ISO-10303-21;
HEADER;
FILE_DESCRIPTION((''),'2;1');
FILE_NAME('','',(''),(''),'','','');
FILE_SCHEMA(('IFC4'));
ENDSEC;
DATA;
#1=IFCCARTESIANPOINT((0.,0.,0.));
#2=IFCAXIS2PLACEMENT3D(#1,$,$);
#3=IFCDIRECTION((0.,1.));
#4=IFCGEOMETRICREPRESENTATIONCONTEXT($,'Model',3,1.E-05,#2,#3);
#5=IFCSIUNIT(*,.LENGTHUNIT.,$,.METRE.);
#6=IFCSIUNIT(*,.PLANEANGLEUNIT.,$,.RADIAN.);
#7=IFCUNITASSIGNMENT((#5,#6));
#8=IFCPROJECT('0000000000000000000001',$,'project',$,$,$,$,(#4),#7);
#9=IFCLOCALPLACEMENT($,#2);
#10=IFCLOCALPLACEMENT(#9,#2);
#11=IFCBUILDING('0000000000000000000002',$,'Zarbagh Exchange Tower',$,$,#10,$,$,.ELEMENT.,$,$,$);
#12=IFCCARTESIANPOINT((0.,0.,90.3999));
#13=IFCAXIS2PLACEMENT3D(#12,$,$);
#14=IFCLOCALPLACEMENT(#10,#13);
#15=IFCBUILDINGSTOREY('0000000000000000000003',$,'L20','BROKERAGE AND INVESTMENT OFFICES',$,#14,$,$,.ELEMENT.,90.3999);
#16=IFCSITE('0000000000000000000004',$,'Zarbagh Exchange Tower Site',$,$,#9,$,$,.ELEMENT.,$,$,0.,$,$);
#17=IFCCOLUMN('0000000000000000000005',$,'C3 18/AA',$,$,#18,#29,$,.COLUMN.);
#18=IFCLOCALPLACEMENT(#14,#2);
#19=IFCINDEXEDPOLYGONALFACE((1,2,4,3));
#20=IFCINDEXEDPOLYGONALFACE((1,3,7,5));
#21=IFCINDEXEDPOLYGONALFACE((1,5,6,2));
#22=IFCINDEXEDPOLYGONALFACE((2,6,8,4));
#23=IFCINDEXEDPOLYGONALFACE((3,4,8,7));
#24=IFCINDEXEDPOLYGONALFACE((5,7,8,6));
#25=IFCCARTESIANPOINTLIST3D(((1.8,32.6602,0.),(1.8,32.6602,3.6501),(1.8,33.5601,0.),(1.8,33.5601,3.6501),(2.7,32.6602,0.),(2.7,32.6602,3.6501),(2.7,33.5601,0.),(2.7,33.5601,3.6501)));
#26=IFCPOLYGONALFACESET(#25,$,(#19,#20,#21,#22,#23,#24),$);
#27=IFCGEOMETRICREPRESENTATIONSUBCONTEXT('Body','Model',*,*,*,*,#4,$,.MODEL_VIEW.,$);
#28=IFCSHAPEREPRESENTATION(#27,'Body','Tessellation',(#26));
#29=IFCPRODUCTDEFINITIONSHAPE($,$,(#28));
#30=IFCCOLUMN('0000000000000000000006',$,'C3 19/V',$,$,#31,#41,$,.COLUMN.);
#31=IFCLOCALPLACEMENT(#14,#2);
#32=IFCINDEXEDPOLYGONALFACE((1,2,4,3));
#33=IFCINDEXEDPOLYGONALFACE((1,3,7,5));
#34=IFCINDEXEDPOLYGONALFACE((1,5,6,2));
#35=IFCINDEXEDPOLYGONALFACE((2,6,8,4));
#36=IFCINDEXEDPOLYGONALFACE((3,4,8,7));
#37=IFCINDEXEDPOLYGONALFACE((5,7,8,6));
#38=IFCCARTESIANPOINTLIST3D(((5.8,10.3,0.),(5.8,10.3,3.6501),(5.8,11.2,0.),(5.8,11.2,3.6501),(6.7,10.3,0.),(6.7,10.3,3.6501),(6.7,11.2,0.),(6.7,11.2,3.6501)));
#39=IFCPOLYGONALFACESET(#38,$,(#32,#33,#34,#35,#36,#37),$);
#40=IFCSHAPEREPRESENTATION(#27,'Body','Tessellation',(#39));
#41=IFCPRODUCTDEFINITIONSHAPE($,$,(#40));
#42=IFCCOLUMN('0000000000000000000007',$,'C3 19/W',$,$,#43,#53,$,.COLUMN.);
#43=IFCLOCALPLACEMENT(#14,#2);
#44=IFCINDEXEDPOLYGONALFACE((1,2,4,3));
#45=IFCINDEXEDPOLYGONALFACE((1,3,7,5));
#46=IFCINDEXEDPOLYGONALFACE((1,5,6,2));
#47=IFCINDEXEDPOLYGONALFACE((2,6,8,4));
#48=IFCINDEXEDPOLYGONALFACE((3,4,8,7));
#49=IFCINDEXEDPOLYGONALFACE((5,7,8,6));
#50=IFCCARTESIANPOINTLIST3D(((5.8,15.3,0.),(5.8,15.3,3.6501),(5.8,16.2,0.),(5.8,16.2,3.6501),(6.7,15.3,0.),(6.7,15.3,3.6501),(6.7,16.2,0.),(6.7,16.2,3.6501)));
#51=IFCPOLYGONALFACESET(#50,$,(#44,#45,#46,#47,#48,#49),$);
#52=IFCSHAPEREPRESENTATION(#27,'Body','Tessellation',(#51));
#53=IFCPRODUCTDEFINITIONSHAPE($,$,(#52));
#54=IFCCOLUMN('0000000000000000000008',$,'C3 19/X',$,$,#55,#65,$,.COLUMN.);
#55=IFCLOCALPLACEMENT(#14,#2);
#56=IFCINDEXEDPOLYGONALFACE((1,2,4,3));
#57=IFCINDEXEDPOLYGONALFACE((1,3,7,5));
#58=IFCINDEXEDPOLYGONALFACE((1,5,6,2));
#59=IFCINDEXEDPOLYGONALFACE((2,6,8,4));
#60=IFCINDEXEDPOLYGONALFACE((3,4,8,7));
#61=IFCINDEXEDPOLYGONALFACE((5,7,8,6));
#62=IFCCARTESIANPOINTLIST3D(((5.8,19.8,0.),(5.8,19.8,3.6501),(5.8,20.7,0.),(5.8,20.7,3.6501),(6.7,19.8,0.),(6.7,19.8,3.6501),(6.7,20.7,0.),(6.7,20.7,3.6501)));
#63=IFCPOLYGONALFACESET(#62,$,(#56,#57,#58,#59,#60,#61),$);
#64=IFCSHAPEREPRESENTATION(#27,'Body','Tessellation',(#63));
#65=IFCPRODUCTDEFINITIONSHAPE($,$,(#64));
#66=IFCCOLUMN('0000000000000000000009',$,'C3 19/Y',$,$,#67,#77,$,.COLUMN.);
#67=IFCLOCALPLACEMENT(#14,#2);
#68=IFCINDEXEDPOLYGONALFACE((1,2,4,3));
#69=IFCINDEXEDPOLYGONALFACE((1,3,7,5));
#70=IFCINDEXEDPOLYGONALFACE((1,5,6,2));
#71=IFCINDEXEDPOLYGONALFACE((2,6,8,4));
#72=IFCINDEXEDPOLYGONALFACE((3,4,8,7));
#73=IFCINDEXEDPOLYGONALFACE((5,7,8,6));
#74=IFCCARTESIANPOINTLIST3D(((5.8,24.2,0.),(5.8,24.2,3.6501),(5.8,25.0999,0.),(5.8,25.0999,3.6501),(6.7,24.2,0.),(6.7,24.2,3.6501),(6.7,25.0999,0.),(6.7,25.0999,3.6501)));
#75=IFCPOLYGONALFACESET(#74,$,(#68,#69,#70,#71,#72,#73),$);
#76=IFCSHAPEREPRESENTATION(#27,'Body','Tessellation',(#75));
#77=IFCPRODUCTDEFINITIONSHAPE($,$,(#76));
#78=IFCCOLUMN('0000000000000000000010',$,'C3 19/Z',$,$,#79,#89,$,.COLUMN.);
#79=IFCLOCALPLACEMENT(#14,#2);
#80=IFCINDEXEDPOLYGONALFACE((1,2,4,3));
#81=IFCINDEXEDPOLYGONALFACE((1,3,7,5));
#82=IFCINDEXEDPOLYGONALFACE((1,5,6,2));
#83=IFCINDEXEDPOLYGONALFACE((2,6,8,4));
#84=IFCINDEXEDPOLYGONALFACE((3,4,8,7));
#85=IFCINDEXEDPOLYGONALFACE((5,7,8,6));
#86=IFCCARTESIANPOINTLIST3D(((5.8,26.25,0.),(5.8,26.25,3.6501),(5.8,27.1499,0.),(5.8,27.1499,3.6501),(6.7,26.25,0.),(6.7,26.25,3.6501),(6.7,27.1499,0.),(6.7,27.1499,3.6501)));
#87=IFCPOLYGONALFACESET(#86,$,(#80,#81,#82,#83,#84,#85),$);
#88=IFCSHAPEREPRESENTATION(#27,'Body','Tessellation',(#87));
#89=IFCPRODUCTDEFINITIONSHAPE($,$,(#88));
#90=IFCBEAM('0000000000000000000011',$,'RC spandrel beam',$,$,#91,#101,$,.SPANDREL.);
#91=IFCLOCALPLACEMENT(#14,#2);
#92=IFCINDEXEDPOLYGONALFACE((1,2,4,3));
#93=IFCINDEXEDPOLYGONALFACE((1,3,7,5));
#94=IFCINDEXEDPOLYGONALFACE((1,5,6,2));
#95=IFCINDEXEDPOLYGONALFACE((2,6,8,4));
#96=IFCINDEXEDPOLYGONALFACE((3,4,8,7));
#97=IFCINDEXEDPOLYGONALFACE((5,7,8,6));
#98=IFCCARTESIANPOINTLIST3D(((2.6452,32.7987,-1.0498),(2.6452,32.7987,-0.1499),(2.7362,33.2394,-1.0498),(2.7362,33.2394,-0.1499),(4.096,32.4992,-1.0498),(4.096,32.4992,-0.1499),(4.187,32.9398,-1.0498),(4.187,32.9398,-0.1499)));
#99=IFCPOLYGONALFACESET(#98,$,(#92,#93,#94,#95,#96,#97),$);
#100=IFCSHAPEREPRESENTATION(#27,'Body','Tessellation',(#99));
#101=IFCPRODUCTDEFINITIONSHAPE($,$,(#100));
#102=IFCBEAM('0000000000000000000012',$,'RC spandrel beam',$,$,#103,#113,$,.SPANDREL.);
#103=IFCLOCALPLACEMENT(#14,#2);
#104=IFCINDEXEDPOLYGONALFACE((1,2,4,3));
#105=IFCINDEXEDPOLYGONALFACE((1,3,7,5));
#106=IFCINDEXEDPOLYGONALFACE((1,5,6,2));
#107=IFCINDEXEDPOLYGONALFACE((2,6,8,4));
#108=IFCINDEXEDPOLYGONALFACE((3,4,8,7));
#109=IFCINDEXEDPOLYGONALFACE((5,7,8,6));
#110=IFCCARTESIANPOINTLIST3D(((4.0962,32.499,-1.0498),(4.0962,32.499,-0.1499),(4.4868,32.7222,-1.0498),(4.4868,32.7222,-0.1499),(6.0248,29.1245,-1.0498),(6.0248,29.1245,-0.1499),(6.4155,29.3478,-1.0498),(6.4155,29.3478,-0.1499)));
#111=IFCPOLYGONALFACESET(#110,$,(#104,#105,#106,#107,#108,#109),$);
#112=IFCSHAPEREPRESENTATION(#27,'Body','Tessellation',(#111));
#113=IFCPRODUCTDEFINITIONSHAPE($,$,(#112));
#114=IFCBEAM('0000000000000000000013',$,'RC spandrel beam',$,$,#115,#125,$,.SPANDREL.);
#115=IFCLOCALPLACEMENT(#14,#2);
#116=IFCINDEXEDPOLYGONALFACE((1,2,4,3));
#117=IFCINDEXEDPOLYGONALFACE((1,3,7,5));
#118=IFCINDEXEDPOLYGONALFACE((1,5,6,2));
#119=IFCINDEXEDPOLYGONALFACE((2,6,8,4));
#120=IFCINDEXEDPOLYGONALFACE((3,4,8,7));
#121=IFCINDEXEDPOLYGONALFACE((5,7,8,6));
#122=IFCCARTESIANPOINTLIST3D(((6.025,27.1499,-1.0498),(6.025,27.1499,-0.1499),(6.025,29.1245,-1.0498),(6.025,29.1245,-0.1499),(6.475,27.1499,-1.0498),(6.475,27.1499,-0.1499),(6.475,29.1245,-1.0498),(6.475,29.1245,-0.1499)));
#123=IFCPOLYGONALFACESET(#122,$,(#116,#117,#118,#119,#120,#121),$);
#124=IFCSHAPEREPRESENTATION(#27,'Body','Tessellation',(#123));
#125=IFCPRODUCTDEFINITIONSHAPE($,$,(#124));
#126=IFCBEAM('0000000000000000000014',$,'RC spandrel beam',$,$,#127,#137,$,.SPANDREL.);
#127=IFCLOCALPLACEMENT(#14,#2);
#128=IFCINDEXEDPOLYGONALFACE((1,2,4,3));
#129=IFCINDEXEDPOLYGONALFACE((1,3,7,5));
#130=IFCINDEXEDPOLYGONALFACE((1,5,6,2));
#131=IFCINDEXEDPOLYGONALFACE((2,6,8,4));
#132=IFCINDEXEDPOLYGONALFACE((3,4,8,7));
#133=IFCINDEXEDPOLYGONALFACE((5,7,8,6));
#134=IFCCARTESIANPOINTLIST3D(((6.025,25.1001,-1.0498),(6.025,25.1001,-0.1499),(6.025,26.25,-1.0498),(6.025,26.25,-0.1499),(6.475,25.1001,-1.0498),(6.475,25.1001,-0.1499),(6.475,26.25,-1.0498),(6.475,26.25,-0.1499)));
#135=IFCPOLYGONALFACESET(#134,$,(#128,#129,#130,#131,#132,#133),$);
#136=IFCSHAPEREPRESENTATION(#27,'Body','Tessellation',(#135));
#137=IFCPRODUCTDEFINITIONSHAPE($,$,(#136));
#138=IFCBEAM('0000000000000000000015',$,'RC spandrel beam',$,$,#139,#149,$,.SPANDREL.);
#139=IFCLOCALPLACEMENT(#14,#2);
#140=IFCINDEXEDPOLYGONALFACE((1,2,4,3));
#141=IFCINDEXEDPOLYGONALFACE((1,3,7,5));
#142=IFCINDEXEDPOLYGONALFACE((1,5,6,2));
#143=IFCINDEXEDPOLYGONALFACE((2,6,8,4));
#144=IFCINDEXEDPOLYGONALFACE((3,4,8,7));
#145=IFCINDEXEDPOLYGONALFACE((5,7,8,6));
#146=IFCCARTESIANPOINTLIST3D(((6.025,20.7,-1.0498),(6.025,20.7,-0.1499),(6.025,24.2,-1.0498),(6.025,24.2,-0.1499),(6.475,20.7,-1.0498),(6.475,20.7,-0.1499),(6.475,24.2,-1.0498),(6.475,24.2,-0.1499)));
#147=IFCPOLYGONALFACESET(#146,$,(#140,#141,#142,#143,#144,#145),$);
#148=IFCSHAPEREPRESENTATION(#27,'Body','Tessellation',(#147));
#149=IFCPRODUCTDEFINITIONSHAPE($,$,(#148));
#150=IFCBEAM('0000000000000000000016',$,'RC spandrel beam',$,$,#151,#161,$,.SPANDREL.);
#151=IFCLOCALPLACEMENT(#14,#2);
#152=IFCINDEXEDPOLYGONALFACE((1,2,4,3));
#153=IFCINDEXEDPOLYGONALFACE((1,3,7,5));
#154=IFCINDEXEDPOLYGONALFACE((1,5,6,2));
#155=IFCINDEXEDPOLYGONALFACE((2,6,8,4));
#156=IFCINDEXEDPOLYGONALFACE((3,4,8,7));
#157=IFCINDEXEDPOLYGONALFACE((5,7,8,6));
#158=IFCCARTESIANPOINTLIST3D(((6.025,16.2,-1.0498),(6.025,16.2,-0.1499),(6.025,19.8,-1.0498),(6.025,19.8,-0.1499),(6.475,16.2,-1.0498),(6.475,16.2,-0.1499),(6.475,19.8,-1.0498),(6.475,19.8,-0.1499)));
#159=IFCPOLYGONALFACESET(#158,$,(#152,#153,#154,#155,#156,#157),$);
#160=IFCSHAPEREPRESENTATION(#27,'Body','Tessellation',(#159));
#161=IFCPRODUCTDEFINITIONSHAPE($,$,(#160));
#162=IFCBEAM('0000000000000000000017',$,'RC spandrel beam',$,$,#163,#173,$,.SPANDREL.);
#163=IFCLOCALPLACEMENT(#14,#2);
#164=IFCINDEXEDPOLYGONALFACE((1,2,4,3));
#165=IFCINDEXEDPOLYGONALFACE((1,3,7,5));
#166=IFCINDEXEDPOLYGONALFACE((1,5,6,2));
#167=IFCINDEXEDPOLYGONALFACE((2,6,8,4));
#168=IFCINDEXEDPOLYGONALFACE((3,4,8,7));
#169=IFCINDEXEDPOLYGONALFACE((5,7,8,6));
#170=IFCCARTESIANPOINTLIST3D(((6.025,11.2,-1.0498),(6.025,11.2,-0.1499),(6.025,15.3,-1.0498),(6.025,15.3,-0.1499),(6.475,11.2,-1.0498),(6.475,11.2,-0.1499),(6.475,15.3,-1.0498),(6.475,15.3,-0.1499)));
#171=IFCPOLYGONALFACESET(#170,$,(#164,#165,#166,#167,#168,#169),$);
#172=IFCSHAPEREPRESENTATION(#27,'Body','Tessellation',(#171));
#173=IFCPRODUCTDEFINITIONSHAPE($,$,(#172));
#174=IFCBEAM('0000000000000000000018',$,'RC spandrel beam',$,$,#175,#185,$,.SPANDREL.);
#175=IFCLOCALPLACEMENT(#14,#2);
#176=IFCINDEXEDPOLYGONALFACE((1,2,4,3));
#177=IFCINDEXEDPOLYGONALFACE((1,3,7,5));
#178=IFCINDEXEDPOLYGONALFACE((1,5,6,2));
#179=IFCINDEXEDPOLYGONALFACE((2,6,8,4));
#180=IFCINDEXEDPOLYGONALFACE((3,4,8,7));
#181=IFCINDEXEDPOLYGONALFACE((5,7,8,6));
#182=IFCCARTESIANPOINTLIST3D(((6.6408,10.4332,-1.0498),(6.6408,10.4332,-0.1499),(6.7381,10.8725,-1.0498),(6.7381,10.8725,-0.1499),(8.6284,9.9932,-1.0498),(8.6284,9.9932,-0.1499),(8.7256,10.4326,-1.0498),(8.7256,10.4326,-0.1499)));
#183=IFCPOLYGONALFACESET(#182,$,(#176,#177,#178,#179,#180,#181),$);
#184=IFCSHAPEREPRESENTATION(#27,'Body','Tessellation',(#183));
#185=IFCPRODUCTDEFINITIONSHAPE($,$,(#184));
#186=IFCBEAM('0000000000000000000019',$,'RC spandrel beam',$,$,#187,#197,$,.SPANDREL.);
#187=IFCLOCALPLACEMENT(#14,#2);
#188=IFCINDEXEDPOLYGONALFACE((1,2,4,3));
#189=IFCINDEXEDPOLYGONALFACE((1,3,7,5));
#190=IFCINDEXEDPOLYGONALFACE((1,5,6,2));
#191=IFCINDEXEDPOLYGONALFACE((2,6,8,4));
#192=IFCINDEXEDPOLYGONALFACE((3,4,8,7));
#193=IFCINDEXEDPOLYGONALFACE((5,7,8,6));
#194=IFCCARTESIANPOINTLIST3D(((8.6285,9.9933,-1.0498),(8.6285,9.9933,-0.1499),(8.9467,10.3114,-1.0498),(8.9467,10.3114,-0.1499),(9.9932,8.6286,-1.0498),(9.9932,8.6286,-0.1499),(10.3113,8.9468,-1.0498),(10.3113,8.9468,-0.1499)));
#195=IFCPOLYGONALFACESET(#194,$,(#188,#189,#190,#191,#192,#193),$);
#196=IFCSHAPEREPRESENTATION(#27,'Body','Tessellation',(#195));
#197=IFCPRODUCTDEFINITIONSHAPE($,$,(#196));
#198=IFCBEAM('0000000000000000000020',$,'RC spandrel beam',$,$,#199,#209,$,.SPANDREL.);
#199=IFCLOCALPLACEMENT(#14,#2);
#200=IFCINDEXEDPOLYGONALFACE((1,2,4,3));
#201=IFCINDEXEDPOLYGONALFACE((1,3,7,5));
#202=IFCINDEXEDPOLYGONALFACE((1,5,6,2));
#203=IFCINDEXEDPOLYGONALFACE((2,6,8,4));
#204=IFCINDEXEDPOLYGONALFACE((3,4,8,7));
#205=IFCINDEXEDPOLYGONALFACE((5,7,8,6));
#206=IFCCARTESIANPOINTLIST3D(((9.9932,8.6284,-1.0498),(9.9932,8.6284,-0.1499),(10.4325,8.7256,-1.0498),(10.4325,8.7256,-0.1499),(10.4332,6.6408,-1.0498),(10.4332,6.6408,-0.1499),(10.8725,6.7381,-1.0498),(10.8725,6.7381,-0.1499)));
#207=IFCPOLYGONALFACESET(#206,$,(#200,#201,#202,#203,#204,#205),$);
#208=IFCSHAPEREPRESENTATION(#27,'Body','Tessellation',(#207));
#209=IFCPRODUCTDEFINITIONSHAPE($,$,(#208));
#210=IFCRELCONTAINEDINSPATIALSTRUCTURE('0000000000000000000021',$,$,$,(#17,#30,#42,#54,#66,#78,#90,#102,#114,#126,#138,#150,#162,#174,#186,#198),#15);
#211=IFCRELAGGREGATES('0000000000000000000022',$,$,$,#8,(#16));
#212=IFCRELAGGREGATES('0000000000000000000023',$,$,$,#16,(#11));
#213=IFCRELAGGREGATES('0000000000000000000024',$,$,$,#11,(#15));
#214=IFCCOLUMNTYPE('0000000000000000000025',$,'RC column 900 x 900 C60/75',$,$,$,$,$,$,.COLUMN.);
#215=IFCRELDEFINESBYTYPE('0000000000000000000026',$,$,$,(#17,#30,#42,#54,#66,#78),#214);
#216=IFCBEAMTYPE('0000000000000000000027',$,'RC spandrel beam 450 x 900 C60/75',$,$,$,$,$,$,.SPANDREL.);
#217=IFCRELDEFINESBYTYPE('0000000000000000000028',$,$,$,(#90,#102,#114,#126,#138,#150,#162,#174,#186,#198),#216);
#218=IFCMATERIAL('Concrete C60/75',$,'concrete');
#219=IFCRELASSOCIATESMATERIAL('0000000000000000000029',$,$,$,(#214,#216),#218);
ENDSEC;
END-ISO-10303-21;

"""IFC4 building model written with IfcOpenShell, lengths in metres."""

from ifc_helpers import new_model, si_unit, direction, frame, origin, origin_2d, place, context, subcontext, project, spatial, rectangle, extrude, material, material_profile, profile_set, type_object, element, save


model = new_model("IFC4")

# Units and contexts
model_context = context("Model", 3, precision=1e-05, world=origin(), true_north=direction((0.0, 1.0)))
body_context = subcontext(model_context, "Body", "Model", "MODEL_VIEW")
ifc_project = project(units=[si_unit("LENGTHUNIT", "METRE"), si_unit("PLANEANGLEUNIT", "RADIAN")], contexts=[model_context])

# Site, building, storey
site_placement = place(None, origin())
site = spatial("IfcSite", under=ifc_project, at=site_placement, Name="Zarbagh Exchange Tower Site", CompositionType="ELEMENT", RefElevation=0.0)
building_placement = place(site_placement, origin())
building = spatial("IfcBuilding", under=site, at=building_placement, Name="Zarbagh Exchange Tower", CompositionType="ELEMENT")
storey_placement = place(building_placement, frame((0.0, 0.0, 90.3999)))
storey = spatial("IfcBuildingStorey", under=building, at=storey_placement, Name="L20", Description="BROKERAGE AND INVESTMENT OFFICES", CompositionType="ELEMENT", Elevation=90.3999)

# Columns
ifc_material_1 = material(Name="Concrete C60/75", Category="concrete")
ifc_material_profile_1 = material_profile(ifc_material_1, rectangle(XDim=0.8999, YDim=0.8999, at=origin_2d()), Name="RC column 900 x 900 C60/75")
ifc_profile_set_1 = profile_set([ifc_material_profile_1], Name="Concrete C60/75")
column_type = type_object("IfcColumnType", Name="RC column 900 x 900 C60/75", PredefinedType="COLUMN", material=ifc_profile_set_1)
for number, where, z_axis, x_axis, name in (
    (1, (2.25, 33.1101, 0.0), (0.0, 0.0, 1.0), (1.0, 0.0, 0.0), "C3 18/AA"),
    (2, (6.25, 10.75, 0.0), (0.0, 0.0, 1.0), (1.0, 0.0, 0.0), "C3 19/V"),
    (3, (6.25, 15.75, 0.0), (0.0, 0.0, 1.0), (1.0, 0.0, 0.0), "C3 19/W"),
    (4, (6.25, 20.25, 0.0), (0.0, 0.0, 1.0), (1.0, 0.0, 0.0), "C3 19/X"),
    (5, (6.25, 24.6499, 0.0), (0.0, 0.0, 1.0), (1.0, 0.0, 0.0), "C3 19/Y"),
    (6, (6.25, 26.7, 0.0), (0.0, 0.0, 1.0), (1.0, 0.0, 0.0), "C3 19/Z"),
):
    element("IfcColumn", number, at=place(storey_placement, frame(where, z_axis=z_axis, x_axis=x_axis)), inside=storey, type_object=column_type, Name=name, PredefinedType="COLUMN", context=body_context, shape_type="SweptSolid", body=[
        extrude(rectangle(XDim=0.8999, YDim=0.8999, at=origin_2d()), origin(), (0.0, 0.0, 1.0), 3.6501),
    ])

# Beams
ifc_material_profile_2 = material_profile(ifc_material_1, rectangle(XDim=0.45, YDim=0.8999, at=origin_2d()), Name="RC spandrel beam 450 x 900 C60/75")
ifc_profile_set_2 = profile_set([ifc_material_profile_2], Name="Concrete C60/75")
beam_type = type_object("IfcBeamType", Name="RC spandrel beam 450 x 900 C60/75", PredefinedType="SPANDREL", material=ifc_profile_set_2)
beam_1_placement = place(storey_placement, frame((2.6907, 33.019, -0.5999), z_axis=(0.979345, -0.202197, 0.0), x_axis=(0.202197, 0.979345, 0.0)))
element("IfcBeam", 7, at=beam_1_placement, inside=storey, type_object=beam_type, Name="RC spandrel beam", PredefinedType="SPANDREL", context=body_context, shape_type="SweptSolid", body=[
    extrude(rectangle(XDim=0.45, YDim=0.8999, at=origin_2d()), origin(), (0.0, 0.0, 1.0), 1.4814),
])
beam_2_placement = place(storey_placement, frame((4.2915, 32.6106, -0.5999), z_axis=(0.49622, -0.868197, 0.0), x_axis=(0.868197, 0.49622, 0.0)))
element("IfcBeam", 8, at=beam_2_placement, inside=storey, type_object=beam_type, Name="RC spandrel beam", PredefinedType="SPANDREL", context=body_context, shape_type="SweptSolid", body=[
    extrude(rectangle(XDim=0.45, YDim=0.8999, at=origin_2d()), origin(), (0.0, 0.0, 1.0), 3.8867),
])
beam_3_placement = place(storey_placement, frame((6.25, 29.1245, -0.5999), z_axis=(0.0, -1.0, 0.0), x_axis=(1.0, 0.0, 0.0)))
element("IfcBeam", 9, at=beam_3_placement, inside=storey, type_object=beam_type, Name="RC spandrel beam", PredefinedType="SPANDREL", context=body_context, shape_type="SweptSolid", body=[
    extrude(rectangle(XDim=0.45, YDim=0.8999, at=origin_2d()), origin(), (0.0, 0.0, 1.0), 1.9746),
])
beam_4_placement = place(storey_placement, frame((6.25, 26.25, -0.5999), z_axis=(0.0, -1.0, 0.0), x_axis=(1.0, 0.0, 0.0)))
element("IfcBeam", 10, at=beam_4_placement, inside=storey, type_object=beam_type, Name="RC spandrel beam", PredefinedType="SPANDREL", context=body_context, shape_type="SweptSolid", body=[
    extrude(rectangle(XDim=0.45, YDim=0.8999, at=origin_2d()), origin(), (0.0, 0.0, 1.0), 1.1499),
])
beam_5_placement = place(storey_placement, frame((6.25, 24.2, -0.5999), z_axis=(0.0, -1.0, 0.0), x_axis=(1.0, 0.0, 0.0)))
element("IfcBeam", 11, at=beam_5_placement, inside=storey, type_object=beam_type, Name="RC spandrel beam", PredefinedType="SPANDREL", context=body_context, shape_type="SweptSolid", body=[
    extrude(rectangle(XDim=0.45, YDim=0.8999, at=origin_2d()), origin(), (0.0, 0.0, 1.0), 3.5),
])
beam_6_placement = place(storey_placement, frame((6.25, 19.8, -0.5999), z_axis=(0.0, -1.0, 0.0), x_axis=(1.0, 0.0, 0.0)))
element("IfcBeam", 12, at=beam_6_placement, inside=storey, type_object=beam_type, Name="RC spandrel beam", PredefinedType="SPANDREL", context=body_context, shape_type="SweptSolid", body=[
    extrude(rectangle(XDim=0.45, YDim=0.8999, at=origin_2d()), origin(), (0.0, 0.0, 1.0), 3.6001),
])
beam_7_placement = place(storey_placement, frame((6.25, 15.3, -0.5999), z_axis=(0.0, -1.0, 0.0), x_axis=(1.0, 0.0, 0.0)))
element("IfcBeam", 13, at=beam_7_placement, inside=storey, type_object=beam_type, Name="RC spandrel beam", PredefinedType="SPANDREL", context=body_context, shape_type="SweptSolid", body=[
    extrude(rectangle(XDim=0.45, YDim=0.8999, at=origin_2d()), origin(), (0.0, 0.0, 1.0), 4.1001),
])
beam_8_placement = place(storey_placement, frame((6.6895, 10.6528, -0.5999), z_axis=(0.976367, -0.216118, 0.0), x_axis=(0.216118, 0.976367, 0.0)))
element("IfcBeam", 14, at=beam_8_placement, inside=storey, type_object=beam_type, Name="RC spandrel beam", PredefinedType="SPANDREL", context=body_context, shape_type="SweptSolid", body=[
    extrude(rectangle(XDim=0.45, YDim=0.8999, at=origin_2d()), origin(), (0.0, 0.0, 1.0), 2.0356),
])
beam_9_placement = place(storey_placement, frame((8.7876, 10.1523, -0.5999), z_axis=(0.707107, -0.707107, 0.0), x_axis=(0.707107, 0.707107, 0.0)))
element("IfcBeam", 15, at=beam_9_placement, inside=storey, type_object=beam_type, Name="RC spandrel beam", PredefinedType="SPANDREL", context=body_context, shape_type="SweptSolid", body=[
    extrude(rectangle(XDim=0.45, YDim=0.8999, at=origin_2d()), origin(), (0.0, 0.0, 1.0), 1.9299),
])
beam_10_placement = place(storey_placement, frame((10.2129, 8.677, -0.5999), z_axis=(0.216118, -0.976367, 0.0), x_axis=(0.976367, 0.216118, 0.0)))
element("IfcBeam", 16, at=beam_10_placement, inside=storey, type_object=beam_type, Name="RC spandrel beam", PredefinedType="SPANDREL", context=body_context, shape_type="SweptSolid", body=[
    extrude(rectangle(XDim=0.45, YDim=0.8999, at=origin_2d()), origin(), (0.0, 0.0, 1.0), 2.0356),
])

save(model, "model.ifc")
